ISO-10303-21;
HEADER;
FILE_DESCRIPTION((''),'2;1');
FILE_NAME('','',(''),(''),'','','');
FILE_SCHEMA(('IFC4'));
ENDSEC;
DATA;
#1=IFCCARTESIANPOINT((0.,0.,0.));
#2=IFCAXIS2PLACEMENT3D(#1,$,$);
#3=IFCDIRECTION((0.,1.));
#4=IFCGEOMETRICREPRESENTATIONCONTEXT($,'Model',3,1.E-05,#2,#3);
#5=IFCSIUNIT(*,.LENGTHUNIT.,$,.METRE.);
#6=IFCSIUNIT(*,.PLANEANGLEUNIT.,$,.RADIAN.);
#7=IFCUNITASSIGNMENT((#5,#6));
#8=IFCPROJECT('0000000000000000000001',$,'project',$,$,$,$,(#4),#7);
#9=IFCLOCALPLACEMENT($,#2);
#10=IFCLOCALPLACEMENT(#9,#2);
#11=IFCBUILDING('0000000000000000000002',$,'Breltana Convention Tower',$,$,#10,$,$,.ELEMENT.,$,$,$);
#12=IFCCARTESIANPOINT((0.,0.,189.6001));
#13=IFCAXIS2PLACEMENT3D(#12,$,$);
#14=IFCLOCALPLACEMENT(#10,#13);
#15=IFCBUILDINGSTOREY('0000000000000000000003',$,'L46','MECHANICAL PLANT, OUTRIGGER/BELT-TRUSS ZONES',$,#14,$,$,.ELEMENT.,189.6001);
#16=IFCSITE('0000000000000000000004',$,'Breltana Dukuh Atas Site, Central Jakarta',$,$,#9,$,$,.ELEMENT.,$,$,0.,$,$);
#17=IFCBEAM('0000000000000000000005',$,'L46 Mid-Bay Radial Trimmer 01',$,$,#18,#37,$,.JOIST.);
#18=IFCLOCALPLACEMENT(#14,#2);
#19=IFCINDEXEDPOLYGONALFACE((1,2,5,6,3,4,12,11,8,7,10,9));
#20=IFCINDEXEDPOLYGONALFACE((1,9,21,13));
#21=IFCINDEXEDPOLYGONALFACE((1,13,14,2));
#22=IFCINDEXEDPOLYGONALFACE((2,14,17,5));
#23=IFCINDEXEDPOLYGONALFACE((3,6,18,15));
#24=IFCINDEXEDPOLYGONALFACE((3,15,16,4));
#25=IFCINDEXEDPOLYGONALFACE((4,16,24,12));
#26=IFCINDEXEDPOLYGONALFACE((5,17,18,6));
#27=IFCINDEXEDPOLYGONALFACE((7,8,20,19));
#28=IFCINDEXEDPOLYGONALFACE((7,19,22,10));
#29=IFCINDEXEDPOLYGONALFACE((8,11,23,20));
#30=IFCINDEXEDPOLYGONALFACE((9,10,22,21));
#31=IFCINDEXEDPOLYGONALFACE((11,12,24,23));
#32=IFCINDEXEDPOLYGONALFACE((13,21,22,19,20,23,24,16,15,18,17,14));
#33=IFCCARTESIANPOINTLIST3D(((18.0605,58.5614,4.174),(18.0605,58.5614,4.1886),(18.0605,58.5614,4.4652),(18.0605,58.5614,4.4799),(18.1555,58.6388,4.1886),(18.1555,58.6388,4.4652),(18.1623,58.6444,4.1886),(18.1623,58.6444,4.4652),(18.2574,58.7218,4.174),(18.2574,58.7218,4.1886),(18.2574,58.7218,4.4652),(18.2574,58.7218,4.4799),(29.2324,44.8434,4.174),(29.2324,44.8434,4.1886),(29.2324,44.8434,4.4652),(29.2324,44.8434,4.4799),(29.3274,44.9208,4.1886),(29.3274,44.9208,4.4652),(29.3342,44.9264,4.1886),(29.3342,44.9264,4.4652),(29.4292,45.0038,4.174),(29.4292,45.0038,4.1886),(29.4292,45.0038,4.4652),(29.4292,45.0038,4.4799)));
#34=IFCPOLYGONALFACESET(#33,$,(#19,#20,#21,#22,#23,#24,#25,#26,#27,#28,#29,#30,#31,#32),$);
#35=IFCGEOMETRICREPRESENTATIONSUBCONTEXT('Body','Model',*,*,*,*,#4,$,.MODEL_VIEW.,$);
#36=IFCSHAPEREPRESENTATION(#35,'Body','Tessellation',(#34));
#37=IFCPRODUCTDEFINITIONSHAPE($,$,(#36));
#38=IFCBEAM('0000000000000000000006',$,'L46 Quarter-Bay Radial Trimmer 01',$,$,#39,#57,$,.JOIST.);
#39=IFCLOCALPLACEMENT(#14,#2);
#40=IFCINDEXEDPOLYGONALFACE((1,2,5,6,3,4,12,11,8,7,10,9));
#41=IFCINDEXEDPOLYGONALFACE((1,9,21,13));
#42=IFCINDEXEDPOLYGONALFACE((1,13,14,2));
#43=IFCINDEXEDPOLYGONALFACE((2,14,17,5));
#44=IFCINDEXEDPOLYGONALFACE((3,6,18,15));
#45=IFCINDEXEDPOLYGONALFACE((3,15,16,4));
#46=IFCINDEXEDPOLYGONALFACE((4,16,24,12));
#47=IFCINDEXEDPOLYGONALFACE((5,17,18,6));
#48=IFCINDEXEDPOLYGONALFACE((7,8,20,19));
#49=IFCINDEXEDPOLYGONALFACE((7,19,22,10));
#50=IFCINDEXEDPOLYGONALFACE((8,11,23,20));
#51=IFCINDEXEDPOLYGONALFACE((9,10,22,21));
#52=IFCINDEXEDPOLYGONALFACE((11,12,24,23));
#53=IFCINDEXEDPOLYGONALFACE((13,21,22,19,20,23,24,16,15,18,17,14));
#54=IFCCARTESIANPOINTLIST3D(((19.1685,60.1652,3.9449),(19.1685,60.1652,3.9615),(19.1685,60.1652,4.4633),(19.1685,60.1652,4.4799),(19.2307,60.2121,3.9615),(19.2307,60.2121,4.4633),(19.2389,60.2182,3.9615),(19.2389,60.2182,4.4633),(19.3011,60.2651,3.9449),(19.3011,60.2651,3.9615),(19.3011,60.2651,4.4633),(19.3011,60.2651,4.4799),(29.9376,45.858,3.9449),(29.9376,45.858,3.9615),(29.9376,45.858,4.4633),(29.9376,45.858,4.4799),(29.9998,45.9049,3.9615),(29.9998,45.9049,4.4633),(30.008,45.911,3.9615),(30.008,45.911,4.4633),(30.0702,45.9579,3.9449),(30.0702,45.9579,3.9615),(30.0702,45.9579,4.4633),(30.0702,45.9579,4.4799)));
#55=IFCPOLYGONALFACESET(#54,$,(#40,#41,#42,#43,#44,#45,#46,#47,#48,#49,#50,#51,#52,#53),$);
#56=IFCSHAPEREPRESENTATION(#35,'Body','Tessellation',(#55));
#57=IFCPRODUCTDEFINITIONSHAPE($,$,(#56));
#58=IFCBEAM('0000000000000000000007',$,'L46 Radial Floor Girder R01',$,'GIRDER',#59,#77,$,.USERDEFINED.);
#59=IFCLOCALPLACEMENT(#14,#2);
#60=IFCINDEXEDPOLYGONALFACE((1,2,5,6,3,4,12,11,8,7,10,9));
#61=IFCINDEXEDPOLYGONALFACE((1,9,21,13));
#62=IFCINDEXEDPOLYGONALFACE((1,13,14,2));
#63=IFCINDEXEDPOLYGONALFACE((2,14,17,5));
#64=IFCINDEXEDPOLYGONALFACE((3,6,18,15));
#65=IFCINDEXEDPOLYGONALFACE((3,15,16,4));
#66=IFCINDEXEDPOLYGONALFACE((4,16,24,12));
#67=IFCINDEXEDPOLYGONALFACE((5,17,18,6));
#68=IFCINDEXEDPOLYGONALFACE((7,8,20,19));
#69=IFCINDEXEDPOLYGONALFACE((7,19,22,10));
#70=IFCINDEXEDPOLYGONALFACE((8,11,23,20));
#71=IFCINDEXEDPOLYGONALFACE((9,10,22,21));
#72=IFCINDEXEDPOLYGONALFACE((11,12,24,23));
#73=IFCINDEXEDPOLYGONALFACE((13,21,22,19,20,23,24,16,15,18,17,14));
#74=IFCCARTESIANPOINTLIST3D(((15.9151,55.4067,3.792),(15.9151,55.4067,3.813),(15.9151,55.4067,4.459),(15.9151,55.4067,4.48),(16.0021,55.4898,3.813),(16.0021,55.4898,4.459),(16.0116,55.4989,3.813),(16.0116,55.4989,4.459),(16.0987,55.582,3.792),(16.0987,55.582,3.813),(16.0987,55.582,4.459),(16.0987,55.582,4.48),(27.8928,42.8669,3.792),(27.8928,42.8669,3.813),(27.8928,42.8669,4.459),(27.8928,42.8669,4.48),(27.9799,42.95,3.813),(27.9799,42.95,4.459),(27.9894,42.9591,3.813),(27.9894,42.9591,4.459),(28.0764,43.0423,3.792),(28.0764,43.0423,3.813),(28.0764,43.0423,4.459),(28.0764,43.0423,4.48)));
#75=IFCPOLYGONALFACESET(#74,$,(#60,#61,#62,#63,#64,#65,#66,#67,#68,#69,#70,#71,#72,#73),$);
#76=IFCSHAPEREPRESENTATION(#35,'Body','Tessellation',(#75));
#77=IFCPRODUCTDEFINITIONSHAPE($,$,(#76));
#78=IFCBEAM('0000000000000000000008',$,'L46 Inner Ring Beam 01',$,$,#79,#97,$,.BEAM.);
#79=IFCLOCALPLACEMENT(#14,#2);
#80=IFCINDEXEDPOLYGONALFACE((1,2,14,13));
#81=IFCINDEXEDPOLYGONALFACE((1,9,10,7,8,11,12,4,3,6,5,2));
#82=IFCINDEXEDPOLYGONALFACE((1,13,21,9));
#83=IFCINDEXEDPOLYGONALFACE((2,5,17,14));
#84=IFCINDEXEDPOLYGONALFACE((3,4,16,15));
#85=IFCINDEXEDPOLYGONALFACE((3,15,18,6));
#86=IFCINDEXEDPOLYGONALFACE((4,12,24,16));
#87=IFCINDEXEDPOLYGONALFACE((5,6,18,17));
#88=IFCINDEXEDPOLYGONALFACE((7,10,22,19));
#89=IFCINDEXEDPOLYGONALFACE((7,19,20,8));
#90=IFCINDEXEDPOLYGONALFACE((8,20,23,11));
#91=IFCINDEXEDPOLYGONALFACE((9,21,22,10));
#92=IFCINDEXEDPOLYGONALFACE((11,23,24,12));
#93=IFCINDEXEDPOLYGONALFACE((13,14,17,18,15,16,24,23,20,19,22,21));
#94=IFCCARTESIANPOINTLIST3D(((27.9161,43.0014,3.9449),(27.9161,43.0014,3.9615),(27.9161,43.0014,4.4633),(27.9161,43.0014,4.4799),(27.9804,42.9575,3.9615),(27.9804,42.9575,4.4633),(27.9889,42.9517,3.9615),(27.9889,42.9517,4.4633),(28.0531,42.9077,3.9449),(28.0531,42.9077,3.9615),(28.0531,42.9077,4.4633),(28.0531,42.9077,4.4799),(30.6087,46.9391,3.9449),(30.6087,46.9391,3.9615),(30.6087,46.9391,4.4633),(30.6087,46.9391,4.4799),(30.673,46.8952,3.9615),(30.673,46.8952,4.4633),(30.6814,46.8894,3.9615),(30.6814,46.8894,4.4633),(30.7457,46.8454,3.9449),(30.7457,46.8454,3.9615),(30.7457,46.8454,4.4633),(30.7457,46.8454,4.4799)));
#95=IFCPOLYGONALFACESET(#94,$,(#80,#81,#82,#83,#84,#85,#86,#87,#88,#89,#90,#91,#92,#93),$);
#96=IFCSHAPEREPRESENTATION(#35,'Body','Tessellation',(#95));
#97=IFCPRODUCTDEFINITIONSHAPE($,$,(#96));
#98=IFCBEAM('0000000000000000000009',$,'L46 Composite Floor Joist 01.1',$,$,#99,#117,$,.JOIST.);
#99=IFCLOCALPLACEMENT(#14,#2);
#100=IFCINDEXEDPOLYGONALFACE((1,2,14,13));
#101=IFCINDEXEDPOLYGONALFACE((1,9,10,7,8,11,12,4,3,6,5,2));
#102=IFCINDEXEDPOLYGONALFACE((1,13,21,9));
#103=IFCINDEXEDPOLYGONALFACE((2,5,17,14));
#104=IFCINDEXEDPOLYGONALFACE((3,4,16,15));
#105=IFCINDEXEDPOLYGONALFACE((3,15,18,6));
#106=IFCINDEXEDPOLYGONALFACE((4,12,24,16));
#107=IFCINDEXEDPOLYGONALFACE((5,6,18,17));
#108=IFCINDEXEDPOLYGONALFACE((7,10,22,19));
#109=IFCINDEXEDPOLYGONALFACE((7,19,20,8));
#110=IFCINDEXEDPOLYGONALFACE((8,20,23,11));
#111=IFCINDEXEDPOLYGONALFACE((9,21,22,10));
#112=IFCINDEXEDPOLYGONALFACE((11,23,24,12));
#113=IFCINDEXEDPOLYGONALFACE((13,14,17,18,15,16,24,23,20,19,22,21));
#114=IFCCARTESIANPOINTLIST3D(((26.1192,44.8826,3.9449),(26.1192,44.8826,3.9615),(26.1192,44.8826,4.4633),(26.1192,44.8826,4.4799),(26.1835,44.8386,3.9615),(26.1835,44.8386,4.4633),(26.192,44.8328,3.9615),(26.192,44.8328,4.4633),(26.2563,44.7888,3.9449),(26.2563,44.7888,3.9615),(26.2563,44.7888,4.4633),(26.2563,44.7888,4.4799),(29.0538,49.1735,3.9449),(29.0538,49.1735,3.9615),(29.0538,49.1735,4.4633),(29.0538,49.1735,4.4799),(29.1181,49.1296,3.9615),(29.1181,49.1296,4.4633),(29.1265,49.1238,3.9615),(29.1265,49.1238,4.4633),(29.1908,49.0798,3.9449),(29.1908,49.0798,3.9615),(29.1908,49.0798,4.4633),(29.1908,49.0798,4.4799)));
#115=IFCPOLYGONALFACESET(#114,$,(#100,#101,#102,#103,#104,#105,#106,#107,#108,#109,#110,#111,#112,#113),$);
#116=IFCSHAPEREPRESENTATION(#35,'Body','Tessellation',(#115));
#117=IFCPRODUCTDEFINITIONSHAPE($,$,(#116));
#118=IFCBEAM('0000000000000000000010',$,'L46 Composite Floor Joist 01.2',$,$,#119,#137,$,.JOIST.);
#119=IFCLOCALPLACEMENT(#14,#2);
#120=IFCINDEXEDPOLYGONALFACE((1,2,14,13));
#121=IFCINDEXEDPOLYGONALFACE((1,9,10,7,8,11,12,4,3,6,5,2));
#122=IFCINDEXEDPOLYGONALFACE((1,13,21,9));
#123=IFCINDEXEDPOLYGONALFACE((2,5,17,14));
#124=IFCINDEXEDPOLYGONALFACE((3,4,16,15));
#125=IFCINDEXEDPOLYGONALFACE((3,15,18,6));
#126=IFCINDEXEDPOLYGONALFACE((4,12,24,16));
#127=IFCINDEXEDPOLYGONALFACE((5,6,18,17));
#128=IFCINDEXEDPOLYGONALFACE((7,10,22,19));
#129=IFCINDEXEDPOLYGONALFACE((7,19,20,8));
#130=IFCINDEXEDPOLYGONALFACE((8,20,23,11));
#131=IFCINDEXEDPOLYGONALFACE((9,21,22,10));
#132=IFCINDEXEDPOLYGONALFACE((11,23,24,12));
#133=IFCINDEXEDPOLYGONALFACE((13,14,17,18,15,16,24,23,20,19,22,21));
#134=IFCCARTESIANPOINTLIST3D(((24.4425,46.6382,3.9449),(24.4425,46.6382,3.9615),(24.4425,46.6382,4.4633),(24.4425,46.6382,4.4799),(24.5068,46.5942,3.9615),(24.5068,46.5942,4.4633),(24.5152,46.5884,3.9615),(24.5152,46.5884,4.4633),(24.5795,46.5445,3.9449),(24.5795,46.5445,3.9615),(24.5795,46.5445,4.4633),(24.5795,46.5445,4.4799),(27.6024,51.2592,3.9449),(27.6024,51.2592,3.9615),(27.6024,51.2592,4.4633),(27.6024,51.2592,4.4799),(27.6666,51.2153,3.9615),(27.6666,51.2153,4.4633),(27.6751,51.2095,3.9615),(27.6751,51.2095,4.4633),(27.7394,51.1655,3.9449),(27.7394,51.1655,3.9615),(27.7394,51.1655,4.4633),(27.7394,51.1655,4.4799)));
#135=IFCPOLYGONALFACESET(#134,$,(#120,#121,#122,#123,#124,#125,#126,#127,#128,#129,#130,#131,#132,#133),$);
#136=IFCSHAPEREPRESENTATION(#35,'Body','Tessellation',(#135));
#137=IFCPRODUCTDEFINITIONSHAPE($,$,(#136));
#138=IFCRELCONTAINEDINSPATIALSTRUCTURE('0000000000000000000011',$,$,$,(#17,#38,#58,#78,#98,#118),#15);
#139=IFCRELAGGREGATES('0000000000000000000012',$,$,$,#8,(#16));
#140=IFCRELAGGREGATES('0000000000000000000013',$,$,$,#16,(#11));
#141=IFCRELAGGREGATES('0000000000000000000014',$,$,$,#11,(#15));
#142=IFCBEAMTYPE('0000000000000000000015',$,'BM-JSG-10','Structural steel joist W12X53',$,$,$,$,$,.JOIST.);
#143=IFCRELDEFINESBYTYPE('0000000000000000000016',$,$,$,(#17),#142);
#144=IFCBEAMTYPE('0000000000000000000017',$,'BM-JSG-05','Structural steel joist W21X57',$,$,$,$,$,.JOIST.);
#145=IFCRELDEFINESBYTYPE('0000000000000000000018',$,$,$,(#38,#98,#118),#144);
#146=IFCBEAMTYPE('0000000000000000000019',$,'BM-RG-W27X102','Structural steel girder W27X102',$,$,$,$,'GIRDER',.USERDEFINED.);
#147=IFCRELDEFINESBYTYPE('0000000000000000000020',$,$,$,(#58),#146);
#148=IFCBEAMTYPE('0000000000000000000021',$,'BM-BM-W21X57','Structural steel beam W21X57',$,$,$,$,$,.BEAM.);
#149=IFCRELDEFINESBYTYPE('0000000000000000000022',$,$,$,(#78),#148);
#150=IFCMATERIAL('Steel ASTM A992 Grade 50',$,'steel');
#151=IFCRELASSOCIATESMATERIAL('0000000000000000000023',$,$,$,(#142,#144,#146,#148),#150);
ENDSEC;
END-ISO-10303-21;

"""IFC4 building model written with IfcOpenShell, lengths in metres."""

from ifc_helpers import new_model, si_unit, direction, frame, origin, origin_2d, place, context, subcontext, project, spatial, i_section, extrude, source, transform, mapped, material, material_profile, profile_set, type_object, type_shapes, element, save


model = new_model("IFC4")

# Units and contexts
model_context = context("Model", 3, precision=1e-05, world=origin(), true_north=direction((0.0, 1.0)))
body_context = subcontext(model_context, "Body", "Model", "MODEL_VIEW")
ifc_project = project(units=[si_unit("LENGTHUNIT", "METRE"), si_unit("PLANEANGLEUNIT", "RADIAN")], contexts=[model_context])

# Site, building, storey
site_placement = place(None, origin())
site = spatial("IfcSite", under=ifc_project, at=site_placement, Name="Breltana Dukuh Atas Site, Central Jakarta", CompositionType="ELEMENT", RefElevation=0.0)
building_placement = place(site_placement, origin())
building = spatial("IfcBuilding", under=site, at=building_placement, Name="Breltana Convention Tower", CompositionType="ELEMENT")
storey_placement = place(building_placement, frame((0.0, 0.0, 189.6001)))
storey = spatial("IfcBuildingStorey", under=building, at=storey_placement, Name="L46", Description="MECHANICAL PLANT, OUTRIGGER/BELT-TRUSS ZONES", CompositionType="ELEMENT", Elevation=189.6001)

# Beams
ifc_material_1 = material(Name="Steel ASTM A992 Grade 50", Category="steel")
ifc_material_profile_1 = material_profile(ifc_material_1, i_section(OverallWidth=0.2539, OverallDepth=0.3059, WebThickness=0.0088, FlangeThickness=0.0146, at=origin_2d()), Name="W12X53")
ifc_profile_set_1 = profile_set([ifc_material_profile_1], Name="Steel ASTM A992 Grade 50")
beam_type_1 = type_object("IfcBeamType", Name="BM-JSG-10", Description="Structural steel joist W12X53", PredefinedType="JOIST", material=ifc_profile_set_1)
shared_shape_1 = source(origin(), body_context, "Body", "SweptSolid", [
    extrude(i_section(OverallWidth=0.2539, OverallDepth=0.3059, WebThickness=0.0088, FlangeThickness=0.0146, at=origin_2d()), origin(), (0.0, 0.0, 1.0), 17.6917),
])
type_shapes(beam_type_1, [shared_shape_1])
beam_1_placement = place(storey_placement, frame((29.3308, 44.9236, 4.3269), z_axis=(-0.631477, 0.775395, 0.0), x_axis=(-0.775395, -0.631477, 0.0)))
element("IfcBeam", 1, at=beam_1_placement, inside=storey, type_object=beam_type_1, Name="L46 Mid-Bay Radial Trimmer 01", PredefinedType="JOIST", context=body_context, shape_type="MappedRepresentation", body=[
    mapped(shared_shape_1, transform((0.0, 0.0, 0.0), scale=1.0)),
])
ifc_material_profile_2 = material_profile(ifc_material_1, i_section(OverallWidth=0.166, OverallDepth=0.5349, WebThickness=0.0103, FlangeThickness=0.0166, at=origin_2d()), Name="W21X57")
ifc_profile_set_2 = profile_set([ifc_material_profile_2], Name="Steel ASTM A992 Grade 50")
beam_type_2 = type_object("IfcBeamType", Name="BM-JSG-05", Description="Structural steel joist W21X57", PredefinedType="JOIST", material=ifc_profile_set_2)
shared_shape_2 = source(origin(), body_context, "Body", "SweptSolid", [
    extrude(i_section(OverallWidth=0.166, OverallDepth=0.5349, WebThickness=0.0103, FlangeThickness=0.0166, at=origin_2d()), origin(), (0.0, 0.0, 1.0), 17.9072),
])
beam_2_placement = place(storey_placement, frame((30.0039, 45.908, 4.2124), z_axis=(-0.601382, 0.798962, 0.0), x_axis=(-0.798962, -0.601382, 0.0)))
element("IfcBeam", 2, at=beam_2_placement, inside=storey, type_object=beam_type_2, Name="L46 Quarter-Bay Radial Trimmer 01", PredefinedType="JOIST", context=body_context, shape_type="MappedRepresentation", body=[
    mapped(shared_shape_2, transform((0.0, 0.0, 0.0), scale=1.0)),
])
ifc_material_profile_3 = material_profile(ifc_material_1, i_section(OverallWidth=0.2539, OverallDepth=0.688, WebThickness=0.0132, FlangeThickness=0.021, at=origin_2d()), Name="W27X102")
ifc_profile_set_3 = profile_set([ifc_material_profile_3], Name="Steel ASTM A992 Grade 50")
beam_type_3 = type_object("IfcBeamType", Name="BM-RG-W27X102", Description="Structural steel girder W27X102", ElementType="GIRDER", PredefinedType="USERDEFINED", material=ifc_profile_set_3)
shared_shape_3 = source(origin(), body_context, "Body", "SweptSolid", [
    extrude(i_section(OverallWidth=0.2539, OverallDepth=0.688, WebThickness=0.0132, FlangeThickness=0.021, at=origin_2d()), origin(), (0.0, 0.0, 1.0), 17.3411),
])
type_shapes(beam_type_3, [shared_shape_3])
beam_3_placement = place(storey_placement, frame((27.9846, 42.9546, 4.136), z_axis=(-0.690716, 0.723126, 0.0), x_axis=(-0.723126, -0.690716, 0.0)))
element("IfcBeam", 3, at=beam_3_placement, inside=storey, type_object=beam_type_3, Name="L46 Radial Floor Girder R01", ObjectType="GIRDER", PredefinedType="USERDEFINED", context=body_context, shape_type="MappedRepresentation", body=[
    mapped(shared_shape_3, transform((0.0, 0.0, 0.0), scale=1.0)),
])
ifc_material_profile_4 = material_profile(ifc_material_1, i_section(OverallWidth=0.166, OverallDepth=0.5349, WebThickness=0.0103, FlangeThickness=0.0166, at=origin_2d()), Name="W21X57")
ifc_profile_set_4 = profile_set([ifc_material_profile_4], Name="Steel ASTM A992 Grade 50")
beam_type_4 = type_object("IfcBeamType", Name="BM-BM-W21X57", Description="Structural steel beam W21X57", PredefinedType="BEAM", material=ifc_profile_set_4)
shared_shape_4 = source(origin(), body_context, "Body", "SweptSolid", [
    extrude(i_section(OverallWidth=0.166, OverallDepth=0.5349, WebThickness=0.0103, FlangeThickness=0.0166, at=origin_2d()), origin(), (0.0, 0.0, 1.0), 4.7703),
])
beam_4_placement = place(storey_placement, frame((27.9846, 42.9546, 4.2124), z_axis=(0.564453, 0.825465, 0.0), x_axis=(-0.825465, 0.564453, 0.0)))
element("IfcBeam", 4, at=beam_4_placement, inside=storey, type_object=beam_type_4, Name="L46 Inner Ring Beam 01", PredefinedType="BEAM", context=body_context, shape_type="MappedRepresentation", body=[
    mapped(shared_shape_4, transform((0.0, 0.0, 0.0), scale=1.0)),
])
shared_shape_5 = source(origin(), body_context, "Body", "SweptSolid", [
    extrude(i_section(OverallWidth=0.166, OverallDepth=0.5349, WebThickness=0.0103, FlangeThickness=0.0166, at=origin_2d()), origin(), (0.0, 0.0, 1.0), 5.1985),
])
beam_5_placement = place(storey_placement, frame((26.1877, 44.8357, 4.2124), z_axis=(0.564502, 0.825432, 0.0), x_axis=(-0.825432, 0.564502, 0.0)))
element("IfcBeam", 5, at=beam_5_placement, inside=storey, type_object=beam_type_2, Name="L46 Composite Floor Joist 01.1", PredefinedType="JOIST", context=body_context, shape_type="MappedRepresentation", body=[
    mapped(shared_shape_5, transform((0.0, 0.0, 0.0), scale=1.0)),
])
shared_shape_6 = source(origin(), body_context, "Body", "SweptSolid", [
    extrude(i_section(OverallWidth=0.166, OverallDepth=0.5349, WebThickness=0.0103, FlangeThickness=0.0166, at=origin_2d()), origin(), (0.0, 0.0, 1.0), 5.5981),
])
beam_6_placement = place(storey_placement, frame((24.511, 46.5913, 4.2124), z_axis=(0.564454, 0.825464, 0.0), x_axis=(-0.825464, 0.564454, 0.0)))
element("IfcBeam", 6, at=beam_6_placement, inside=storey, type_object=beam_type_2, Name="L46 Composite Floor Joist 01.2", PredefinedType="JOIST", context=body_context, shape_type="MappedRepresentation", body=[
    mapped(shared_shape_6, transform((0.0, 0.0, 0.0), scale=1.0)),
])

save(model, "model.ifc")
